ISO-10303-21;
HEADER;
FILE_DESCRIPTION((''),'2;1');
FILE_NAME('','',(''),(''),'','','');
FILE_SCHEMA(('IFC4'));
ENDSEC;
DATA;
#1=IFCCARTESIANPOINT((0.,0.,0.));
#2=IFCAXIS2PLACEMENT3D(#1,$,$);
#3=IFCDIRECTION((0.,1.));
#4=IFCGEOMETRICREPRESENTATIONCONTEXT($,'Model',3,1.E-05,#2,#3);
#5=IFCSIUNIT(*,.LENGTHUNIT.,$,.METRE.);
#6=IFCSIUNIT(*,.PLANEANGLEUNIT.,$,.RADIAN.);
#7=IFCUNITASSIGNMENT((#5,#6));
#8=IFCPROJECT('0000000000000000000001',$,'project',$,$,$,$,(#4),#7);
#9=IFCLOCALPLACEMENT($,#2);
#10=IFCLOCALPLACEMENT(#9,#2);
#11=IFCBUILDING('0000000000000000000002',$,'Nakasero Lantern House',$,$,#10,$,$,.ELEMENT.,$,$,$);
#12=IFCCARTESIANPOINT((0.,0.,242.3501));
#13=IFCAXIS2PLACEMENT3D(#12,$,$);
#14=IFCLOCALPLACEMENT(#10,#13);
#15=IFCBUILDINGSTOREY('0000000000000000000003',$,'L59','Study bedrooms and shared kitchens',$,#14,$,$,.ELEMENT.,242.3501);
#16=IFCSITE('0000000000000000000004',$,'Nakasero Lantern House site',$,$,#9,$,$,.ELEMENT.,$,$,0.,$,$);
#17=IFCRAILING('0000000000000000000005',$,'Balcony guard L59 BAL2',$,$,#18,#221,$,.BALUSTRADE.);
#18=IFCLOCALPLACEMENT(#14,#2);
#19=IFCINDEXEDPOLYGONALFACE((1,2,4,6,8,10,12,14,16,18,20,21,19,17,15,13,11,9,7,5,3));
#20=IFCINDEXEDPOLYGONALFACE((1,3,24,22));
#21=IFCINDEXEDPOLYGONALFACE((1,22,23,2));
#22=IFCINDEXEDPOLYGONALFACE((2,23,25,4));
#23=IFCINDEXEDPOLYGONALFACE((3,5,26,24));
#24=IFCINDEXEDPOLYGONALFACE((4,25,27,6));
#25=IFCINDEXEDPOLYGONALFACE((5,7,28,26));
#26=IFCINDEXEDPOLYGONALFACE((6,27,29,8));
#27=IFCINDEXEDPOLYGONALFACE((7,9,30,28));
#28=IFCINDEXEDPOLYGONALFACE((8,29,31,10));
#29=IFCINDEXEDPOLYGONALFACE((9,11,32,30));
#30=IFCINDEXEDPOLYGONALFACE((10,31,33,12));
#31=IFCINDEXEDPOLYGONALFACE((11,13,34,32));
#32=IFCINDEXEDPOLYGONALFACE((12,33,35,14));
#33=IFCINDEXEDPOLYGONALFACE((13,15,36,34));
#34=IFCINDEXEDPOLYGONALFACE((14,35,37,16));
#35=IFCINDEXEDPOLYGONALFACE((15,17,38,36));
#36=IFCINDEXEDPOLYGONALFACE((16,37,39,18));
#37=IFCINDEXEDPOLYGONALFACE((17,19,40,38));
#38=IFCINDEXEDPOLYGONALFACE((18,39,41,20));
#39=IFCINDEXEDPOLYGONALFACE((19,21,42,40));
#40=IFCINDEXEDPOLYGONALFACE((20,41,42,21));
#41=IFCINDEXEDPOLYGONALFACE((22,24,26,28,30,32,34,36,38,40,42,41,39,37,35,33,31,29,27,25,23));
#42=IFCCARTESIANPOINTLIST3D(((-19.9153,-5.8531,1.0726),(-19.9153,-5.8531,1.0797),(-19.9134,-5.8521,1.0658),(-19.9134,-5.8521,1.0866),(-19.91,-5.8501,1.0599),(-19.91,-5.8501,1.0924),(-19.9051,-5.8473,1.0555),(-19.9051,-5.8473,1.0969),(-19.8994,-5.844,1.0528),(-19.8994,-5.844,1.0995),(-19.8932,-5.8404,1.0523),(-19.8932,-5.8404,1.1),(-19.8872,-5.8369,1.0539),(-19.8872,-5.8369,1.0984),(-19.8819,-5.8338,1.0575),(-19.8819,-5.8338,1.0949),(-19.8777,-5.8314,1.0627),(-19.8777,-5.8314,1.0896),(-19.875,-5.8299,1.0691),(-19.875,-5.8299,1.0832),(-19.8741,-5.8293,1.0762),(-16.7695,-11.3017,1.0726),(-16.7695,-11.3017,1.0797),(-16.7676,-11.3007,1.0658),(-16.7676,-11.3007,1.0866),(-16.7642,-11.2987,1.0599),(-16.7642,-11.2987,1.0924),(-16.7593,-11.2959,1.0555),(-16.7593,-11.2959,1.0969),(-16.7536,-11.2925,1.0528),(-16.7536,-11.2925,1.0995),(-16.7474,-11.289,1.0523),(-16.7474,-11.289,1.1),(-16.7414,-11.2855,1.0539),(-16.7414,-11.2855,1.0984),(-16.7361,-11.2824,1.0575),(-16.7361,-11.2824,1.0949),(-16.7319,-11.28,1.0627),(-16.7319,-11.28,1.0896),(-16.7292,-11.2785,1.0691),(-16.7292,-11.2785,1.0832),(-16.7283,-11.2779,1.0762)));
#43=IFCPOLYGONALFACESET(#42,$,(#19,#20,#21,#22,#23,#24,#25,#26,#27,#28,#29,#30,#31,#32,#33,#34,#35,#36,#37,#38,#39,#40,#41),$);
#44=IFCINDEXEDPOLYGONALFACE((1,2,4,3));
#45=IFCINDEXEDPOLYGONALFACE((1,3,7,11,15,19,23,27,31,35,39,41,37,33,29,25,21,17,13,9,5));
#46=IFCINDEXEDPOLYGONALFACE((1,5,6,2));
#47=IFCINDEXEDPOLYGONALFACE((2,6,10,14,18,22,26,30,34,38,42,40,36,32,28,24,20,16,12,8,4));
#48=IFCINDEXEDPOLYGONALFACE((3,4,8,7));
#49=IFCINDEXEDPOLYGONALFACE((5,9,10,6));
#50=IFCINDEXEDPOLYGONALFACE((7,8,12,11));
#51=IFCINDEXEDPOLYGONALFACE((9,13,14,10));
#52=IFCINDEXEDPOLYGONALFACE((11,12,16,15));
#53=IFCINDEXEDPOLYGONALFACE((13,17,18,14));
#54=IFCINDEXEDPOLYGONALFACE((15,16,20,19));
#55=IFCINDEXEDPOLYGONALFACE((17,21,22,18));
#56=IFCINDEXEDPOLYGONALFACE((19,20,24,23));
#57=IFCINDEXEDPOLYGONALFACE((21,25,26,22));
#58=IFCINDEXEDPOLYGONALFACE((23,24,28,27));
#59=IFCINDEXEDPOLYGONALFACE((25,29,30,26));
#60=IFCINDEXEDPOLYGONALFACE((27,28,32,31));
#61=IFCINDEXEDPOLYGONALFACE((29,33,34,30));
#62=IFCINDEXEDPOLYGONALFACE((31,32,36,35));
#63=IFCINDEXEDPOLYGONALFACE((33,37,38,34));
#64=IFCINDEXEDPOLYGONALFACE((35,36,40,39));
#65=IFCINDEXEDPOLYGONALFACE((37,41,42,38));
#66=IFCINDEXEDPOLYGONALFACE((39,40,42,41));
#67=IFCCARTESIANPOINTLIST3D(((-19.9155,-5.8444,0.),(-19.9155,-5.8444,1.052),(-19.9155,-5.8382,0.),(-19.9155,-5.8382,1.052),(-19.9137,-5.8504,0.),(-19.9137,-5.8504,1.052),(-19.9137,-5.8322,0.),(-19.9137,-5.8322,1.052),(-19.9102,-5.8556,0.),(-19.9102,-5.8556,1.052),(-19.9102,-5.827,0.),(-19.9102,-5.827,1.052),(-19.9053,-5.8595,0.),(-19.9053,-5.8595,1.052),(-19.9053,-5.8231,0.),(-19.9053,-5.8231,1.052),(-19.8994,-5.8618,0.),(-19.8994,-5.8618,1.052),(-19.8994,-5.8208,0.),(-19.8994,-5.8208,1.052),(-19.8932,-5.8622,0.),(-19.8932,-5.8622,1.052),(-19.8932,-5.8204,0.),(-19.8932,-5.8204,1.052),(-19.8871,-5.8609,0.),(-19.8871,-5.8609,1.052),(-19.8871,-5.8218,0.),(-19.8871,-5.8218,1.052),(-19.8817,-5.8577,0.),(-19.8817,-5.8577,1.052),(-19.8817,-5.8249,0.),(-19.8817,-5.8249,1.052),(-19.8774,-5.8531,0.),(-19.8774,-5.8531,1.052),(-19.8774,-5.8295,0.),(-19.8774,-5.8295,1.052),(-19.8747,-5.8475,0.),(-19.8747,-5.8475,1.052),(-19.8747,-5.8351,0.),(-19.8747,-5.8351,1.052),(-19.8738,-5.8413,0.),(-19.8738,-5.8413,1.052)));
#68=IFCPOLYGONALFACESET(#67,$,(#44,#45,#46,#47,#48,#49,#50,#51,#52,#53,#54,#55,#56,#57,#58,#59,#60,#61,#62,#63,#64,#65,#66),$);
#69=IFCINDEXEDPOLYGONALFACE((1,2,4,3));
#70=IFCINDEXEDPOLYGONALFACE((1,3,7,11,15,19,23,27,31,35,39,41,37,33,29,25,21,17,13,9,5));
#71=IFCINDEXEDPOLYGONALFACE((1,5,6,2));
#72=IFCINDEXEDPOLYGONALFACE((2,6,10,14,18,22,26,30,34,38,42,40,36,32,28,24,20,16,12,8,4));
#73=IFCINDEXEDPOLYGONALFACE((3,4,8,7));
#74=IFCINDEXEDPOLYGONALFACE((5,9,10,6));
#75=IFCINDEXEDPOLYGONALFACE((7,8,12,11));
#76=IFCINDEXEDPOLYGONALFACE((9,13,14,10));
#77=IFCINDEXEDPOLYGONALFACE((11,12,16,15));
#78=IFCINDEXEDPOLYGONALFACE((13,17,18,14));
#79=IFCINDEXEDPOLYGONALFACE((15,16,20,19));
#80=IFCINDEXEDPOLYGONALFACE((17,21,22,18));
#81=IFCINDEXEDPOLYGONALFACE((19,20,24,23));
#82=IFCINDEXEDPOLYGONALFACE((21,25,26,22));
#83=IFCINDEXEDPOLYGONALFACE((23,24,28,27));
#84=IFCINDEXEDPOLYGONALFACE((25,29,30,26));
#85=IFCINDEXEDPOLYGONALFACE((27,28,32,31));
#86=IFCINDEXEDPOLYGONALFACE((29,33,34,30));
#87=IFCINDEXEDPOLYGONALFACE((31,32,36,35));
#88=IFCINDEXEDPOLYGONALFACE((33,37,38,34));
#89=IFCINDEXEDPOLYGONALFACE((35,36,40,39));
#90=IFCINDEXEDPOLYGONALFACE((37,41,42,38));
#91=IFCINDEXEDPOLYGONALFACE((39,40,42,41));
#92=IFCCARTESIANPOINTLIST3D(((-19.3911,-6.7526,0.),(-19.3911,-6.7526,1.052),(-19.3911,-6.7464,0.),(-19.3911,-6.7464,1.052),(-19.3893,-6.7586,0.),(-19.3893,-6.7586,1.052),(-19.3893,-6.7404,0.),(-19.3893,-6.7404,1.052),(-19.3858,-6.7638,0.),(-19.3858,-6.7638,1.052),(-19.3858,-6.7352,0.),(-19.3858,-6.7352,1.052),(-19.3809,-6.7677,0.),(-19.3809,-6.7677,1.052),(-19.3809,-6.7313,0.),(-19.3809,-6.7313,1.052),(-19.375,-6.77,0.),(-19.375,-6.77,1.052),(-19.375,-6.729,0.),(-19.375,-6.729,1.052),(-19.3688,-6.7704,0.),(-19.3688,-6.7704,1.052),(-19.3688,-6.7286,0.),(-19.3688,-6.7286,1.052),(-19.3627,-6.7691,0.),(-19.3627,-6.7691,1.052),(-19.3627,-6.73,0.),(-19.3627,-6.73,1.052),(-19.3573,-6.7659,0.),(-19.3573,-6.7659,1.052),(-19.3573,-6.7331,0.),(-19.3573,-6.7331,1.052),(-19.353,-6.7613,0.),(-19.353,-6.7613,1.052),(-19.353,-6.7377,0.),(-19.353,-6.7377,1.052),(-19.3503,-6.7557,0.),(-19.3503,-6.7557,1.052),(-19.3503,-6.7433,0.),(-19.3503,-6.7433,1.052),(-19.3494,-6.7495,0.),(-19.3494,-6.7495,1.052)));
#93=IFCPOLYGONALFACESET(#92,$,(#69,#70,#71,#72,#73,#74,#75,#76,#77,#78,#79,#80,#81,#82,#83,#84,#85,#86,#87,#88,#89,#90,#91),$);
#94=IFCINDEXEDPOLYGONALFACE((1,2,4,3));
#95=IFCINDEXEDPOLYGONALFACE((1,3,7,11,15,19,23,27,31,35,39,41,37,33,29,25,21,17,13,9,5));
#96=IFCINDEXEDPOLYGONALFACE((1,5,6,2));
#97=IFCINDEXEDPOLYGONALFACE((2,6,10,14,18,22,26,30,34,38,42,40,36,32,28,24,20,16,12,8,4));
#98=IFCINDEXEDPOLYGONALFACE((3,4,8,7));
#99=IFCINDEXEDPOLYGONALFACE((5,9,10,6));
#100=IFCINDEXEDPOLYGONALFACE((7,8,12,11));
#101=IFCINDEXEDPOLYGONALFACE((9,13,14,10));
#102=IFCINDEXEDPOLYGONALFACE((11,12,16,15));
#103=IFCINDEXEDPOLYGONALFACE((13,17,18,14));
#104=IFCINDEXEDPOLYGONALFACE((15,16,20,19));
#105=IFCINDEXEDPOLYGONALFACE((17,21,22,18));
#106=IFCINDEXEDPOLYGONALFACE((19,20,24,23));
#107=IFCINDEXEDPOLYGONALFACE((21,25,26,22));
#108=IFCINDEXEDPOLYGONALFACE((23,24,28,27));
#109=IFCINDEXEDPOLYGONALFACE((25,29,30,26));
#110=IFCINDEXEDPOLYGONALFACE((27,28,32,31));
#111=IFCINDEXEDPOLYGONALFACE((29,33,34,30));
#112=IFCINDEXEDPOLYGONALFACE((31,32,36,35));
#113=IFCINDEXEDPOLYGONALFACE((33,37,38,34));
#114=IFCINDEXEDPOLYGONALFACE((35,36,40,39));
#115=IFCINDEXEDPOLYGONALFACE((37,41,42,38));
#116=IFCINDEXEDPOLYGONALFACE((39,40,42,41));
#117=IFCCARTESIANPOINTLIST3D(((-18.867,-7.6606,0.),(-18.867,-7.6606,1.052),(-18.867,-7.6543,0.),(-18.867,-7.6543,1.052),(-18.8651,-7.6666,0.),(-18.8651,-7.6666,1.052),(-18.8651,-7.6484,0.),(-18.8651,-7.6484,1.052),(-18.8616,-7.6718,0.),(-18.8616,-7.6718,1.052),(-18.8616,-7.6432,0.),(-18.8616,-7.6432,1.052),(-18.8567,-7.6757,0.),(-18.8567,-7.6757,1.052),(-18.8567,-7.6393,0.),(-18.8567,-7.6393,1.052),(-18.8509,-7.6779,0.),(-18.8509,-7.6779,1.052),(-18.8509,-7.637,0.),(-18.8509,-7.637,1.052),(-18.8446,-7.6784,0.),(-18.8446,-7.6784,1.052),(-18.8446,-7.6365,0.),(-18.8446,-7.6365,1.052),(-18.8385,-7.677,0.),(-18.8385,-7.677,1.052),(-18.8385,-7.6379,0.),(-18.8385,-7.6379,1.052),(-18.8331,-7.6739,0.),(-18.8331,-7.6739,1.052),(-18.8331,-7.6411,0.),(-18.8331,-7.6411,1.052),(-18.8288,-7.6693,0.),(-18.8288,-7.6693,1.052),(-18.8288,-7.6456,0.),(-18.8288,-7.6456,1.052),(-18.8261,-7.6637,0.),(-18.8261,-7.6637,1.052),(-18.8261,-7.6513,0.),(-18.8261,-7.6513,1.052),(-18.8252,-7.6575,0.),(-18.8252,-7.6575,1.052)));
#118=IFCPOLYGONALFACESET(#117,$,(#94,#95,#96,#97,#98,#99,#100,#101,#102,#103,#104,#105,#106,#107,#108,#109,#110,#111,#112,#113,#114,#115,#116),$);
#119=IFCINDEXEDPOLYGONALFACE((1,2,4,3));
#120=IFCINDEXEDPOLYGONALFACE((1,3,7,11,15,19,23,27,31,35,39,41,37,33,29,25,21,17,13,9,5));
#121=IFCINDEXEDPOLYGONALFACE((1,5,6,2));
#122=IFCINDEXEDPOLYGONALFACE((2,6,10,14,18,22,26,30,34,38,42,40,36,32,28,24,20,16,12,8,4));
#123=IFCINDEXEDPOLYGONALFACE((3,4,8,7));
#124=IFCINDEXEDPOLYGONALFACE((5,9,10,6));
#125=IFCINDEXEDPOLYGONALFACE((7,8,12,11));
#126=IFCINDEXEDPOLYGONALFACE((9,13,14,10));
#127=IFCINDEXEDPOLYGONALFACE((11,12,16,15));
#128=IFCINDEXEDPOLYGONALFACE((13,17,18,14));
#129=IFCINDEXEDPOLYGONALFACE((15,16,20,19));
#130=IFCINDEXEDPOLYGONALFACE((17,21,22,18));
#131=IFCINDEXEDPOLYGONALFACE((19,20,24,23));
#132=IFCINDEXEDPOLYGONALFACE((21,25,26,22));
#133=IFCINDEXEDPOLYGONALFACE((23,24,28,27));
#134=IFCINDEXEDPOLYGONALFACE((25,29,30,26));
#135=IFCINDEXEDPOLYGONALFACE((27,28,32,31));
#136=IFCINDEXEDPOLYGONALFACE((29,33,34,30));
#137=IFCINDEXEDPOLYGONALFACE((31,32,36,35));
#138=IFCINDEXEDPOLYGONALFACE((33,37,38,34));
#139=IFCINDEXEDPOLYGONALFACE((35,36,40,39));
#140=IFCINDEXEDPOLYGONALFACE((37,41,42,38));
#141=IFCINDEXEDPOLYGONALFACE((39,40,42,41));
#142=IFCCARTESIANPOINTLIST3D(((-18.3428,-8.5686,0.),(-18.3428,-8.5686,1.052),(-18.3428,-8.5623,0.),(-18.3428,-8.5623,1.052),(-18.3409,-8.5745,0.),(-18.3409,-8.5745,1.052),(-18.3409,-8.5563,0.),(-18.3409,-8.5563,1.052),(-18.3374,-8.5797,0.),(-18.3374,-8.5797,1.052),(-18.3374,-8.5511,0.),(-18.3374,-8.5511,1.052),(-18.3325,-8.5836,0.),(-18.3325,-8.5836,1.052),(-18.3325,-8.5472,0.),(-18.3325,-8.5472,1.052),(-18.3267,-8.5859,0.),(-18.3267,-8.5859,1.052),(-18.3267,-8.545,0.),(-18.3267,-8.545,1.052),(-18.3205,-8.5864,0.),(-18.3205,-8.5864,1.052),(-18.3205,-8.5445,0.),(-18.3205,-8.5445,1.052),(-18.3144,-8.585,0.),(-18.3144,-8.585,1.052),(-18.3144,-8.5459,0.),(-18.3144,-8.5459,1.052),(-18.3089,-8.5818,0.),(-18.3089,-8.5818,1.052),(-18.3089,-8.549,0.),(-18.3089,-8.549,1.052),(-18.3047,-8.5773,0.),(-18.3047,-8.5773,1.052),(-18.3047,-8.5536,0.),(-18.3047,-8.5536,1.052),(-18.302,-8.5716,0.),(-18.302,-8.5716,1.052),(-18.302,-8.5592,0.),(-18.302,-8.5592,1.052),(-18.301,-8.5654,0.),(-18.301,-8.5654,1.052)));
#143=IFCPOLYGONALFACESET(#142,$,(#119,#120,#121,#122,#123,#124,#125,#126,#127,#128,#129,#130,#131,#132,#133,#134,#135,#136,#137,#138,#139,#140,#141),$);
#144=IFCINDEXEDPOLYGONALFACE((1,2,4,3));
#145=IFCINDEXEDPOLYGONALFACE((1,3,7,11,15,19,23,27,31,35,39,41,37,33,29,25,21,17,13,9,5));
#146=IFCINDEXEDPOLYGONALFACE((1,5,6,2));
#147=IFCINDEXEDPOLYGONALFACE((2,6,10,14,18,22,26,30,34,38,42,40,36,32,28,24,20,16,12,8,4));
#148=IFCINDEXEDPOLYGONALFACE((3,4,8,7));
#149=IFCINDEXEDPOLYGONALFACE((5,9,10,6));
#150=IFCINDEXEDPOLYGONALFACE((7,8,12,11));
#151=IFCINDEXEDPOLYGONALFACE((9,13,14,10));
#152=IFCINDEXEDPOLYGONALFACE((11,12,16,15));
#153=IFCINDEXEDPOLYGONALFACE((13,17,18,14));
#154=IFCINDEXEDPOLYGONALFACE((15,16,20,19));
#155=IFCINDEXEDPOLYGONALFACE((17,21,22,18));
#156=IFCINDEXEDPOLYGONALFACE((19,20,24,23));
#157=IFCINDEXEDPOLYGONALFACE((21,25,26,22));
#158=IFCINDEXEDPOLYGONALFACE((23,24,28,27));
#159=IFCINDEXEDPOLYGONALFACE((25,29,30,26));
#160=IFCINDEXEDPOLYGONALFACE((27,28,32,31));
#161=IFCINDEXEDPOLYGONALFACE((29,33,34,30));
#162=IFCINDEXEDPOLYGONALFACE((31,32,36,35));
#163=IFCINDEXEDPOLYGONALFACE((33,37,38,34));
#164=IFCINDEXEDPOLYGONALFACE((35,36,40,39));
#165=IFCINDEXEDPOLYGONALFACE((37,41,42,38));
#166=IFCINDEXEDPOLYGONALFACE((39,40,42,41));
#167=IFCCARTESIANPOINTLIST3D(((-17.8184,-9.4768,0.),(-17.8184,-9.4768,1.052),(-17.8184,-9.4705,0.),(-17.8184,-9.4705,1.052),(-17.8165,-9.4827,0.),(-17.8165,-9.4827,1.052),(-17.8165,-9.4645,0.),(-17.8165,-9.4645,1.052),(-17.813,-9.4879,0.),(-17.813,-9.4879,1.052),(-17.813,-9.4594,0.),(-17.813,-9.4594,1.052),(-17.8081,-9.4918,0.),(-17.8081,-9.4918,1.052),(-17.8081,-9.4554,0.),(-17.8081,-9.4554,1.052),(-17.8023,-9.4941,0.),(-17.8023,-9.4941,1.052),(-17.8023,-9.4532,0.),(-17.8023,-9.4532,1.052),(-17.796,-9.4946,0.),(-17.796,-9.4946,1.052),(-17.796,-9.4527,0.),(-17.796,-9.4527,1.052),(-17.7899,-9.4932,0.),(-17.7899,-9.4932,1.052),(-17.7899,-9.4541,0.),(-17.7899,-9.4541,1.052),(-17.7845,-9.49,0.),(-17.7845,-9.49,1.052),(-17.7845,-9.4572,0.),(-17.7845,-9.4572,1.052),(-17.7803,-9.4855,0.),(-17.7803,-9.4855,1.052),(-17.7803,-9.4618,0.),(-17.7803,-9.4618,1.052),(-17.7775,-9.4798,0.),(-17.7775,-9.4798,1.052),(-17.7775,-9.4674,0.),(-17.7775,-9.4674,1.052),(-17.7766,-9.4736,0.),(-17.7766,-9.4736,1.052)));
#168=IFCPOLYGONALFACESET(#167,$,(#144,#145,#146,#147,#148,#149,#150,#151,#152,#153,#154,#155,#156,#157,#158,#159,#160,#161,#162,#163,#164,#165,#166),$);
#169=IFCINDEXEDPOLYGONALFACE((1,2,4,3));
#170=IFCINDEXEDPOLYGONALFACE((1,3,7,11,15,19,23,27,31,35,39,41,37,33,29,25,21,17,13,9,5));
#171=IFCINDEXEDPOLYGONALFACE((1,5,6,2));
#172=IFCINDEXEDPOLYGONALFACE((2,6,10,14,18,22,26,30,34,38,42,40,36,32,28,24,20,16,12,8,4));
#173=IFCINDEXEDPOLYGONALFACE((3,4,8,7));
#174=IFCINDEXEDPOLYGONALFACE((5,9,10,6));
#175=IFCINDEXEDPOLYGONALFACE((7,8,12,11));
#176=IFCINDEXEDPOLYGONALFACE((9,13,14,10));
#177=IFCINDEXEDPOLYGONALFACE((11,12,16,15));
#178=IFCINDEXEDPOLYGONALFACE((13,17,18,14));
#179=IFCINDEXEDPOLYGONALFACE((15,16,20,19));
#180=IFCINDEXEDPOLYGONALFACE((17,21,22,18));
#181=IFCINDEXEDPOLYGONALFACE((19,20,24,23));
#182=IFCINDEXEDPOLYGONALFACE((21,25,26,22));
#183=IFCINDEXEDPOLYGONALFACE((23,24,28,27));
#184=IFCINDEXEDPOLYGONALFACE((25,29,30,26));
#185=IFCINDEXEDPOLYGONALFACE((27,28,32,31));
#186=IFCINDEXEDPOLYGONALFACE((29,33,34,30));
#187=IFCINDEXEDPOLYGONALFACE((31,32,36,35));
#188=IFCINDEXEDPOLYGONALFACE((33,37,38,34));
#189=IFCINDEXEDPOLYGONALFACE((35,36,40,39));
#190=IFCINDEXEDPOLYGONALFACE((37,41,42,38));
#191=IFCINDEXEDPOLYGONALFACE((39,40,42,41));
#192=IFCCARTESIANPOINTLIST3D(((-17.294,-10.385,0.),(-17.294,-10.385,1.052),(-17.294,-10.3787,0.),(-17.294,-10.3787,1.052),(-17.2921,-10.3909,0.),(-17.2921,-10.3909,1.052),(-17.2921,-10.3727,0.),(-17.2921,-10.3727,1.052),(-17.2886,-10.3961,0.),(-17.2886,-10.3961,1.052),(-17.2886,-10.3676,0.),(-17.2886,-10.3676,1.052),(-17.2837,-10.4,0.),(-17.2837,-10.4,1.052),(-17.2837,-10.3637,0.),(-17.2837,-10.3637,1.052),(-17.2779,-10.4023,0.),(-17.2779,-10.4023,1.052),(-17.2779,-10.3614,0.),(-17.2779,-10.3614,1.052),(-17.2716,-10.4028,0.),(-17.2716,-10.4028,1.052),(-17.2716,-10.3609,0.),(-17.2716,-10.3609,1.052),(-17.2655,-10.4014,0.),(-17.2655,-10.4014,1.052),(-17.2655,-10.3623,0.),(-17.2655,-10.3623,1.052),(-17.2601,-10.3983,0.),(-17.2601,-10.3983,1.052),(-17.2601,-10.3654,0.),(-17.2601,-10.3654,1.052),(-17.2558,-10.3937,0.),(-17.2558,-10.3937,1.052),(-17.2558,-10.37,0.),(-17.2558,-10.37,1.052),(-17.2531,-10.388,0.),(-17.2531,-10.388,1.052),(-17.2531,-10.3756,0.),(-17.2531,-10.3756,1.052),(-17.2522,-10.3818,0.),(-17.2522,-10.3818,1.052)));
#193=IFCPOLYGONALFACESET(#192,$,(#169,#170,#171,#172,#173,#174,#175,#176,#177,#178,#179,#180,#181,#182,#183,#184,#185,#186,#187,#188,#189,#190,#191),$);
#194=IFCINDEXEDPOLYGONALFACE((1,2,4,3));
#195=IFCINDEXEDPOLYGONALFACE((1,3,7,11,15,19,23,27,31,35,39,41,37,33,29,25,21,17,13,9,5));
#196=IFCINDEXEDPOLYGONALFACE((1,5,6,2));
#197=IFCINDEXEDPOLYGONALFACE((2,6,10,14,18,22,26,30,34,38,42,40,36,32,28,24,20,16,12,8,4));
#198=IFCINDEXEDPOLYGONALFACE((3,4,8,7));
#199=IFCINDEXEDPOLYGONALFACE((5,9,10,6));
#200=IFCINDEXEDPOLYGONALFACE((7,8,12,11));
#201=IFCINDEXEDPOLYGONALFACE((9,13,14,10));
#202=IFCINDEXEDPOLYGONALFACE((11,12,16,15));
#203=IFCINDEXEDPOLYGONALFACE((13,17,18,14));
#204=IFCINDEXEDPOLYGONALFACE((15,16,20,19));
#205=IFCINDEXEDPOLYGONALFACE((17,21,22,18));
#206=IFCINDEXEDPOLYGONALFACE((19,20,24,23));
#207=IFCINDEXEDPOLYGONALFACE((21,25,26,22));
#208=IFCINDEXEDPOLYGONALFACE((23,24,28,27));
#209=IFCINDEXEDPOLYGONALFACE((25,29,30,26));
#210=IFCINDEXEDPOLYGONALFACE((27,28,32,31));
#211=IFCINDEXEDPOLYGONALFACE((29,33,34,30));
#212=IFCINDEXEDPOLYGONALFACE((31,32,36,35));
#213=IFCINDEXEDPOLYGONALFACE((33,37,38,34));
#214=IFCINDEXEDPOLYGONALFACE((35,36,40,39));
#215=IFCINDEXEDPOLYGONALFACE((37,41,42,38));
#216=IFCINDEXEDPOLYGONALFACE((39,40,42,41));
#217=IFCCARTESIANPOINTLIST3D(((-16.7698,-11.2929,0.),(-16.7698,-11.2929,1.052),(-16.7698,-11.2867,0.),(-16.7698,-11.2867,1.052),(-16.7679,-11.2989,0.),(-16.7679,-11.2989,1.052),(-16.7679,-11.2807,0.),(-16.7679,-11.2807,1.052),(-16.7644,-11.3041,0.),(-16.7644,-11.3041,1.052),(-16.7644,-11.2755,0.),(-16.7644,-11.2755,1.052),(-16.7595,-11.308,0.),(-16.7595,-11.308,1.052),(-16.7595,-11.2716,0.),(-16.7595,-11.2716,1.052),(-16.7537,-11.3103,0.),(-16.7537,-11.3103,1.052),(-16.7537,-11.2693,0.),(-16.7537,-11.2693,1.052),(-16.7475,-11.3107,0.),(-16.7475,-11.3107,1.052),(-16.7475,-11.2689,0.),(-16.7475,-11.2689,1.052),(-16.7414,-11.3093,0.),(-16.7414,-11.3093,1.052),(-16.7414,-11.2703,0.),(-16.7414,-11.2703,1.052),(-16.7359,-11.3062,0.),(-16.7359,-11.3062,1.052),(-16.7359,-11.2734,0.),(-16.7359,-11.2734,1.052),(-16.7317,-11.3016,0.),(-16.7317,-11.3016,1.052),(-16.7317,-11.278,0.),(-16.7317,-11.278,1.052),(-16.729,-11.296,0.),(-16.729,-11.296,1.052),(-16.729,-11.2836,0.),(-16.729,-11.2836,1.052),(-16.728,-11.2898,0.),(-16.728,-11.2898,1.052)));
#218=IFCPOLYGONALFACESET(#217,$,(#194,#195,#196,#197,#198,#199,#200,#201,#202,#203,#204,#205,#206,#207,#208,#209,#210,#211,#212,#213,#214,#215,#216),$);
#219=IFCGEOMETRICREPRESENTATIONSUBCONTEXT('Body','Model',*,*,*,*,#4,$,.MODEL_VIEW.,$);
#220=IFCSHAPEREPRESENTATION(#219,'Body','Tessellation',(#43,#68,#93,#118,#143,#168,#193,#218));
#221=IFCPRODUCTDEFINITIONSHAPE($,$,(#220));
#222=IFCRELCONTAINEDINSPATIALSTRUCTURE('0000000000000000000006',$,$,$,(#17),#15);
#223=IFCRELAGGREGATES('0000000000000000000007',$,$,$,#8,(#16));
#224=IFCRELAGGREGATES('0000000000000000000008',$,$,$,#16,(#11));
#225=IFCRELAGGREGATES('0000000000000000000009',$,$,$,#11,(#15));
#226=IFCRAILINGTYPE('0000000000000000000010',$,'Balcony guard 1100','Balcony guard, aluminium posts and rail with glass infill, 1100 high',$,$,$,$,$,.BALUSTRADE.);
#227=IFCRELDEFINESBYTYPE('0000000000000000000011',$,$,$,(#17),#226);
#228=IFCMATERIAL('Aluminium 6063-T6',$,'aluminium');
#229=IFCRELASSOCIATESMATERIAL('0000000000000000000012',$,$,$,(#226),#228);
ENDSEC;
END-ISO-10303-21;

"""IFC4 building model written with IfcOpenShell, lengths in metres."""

from ifc_helpers import new_model, si_unit, direction, frame, origin, origin_2d, place, context, subcontext, project, spatial, circle, extrude, material, type_object, element, save


model = new_model("IFC4")

# Units and contexts
model_context = context("Model", 3, precision=1e-05, world=origin(), true_north=direction((0.0, 1.0)))
body_context = subcontext(model_context, "Body", "Model", "MODEL_VIEW")
ifc_project = project(units=[si_unit("LENGTHUNIT", "METRE"), si_unit("PLANEANGLEUNIT", "RADIAN")], contexts=[model_context])

# Site, building, storey
site_placement = place(None, origin())
site = spatial("IfcSite", under=ifc_project, at=site_placement, Name="Nakasero Lantern House site", CompositionType="ELEMENT", RefElevation=0.0)
building_placement = place(site_placement, origin())
building = spatial("IfcBuilding", under=site, at=building_placement, Name="Nakasero Lantern House", CompositionType="ELEMENT")
storey_placement = place(building_placement, frame((0.0, 0.0, 242.3501)))
storey = spatial("IfcBuildingStorey", under=building, at=storey_placement, Name="L59", Description="Study bedrooms and shared kitchens", CompositionType="ELEMENT", Elevation=242.3501)

# Railing
ifc_material_1 = material(Name="Aluminium 6063-T6", Category="aluminium")
railing_type = type_object("IfcRailingType", Name="Balcony guard 1100", Description="Balcony guard, aluminium posts and rail with glass infill, 1100 high", PredefinedType="BALUSTRADE", material=ifc_material_1)
railing_placement = place(storey_placement, frame((-19.8948, -5.8413, 0.0)))
element("IfcRailing", 1, at=railing_placement, inside=storey, type_object=railing_type, Name="Balcony guard L59 BAL2", PredefinedType="BALUSTRADE", context=body_context, shape_type="SweptSolid", body=[
    extrude(circle(Radius=0.0239, at=origin_2d()), frame((0.0, 0.0, 1.0762), z_axis=(0.500008, -0.866021, 0.0), x_axis=(0.866021, 0.500008, 0.0)), (0.0, 0.0, 1.0), 6.2915),
    extrude(circle(Radius=0.021, at=origin_2d()), origin(), (0.0, 0.0, 1.0), 1.052),
    extrude(circle(Radius=0.021, at=origin_2d()), frame((0.5244, -0.9082, 0.0)), (0.0, 0.0, 1.0), 1.052),
    extrude(circle(Radius=0.021, at=origin_2d()), frame((1.0486, -1.8162, 0.0)), (0.0, 0.0, 1.0), 1.052),
    extrude(circle(Radius=0.021, at=origin_2d()), frame((1.5728, -2.7241, 0.0)), (0.0, 0.0, 1.0), 1.052),
    extrude(circle(Radius=0.021, at=origin_2d()), frame((2.0972, -3.6323, 0.0)), (0.0, 0.0, 1.0), 1.052),
    extrude(circle(Radius=0.021, at=origin_2d()), frame((2.6216, -4.5405, 0.0)), (0.0, 0.0, 1.0), 1.052),
    extrude(circle(Radius=0.021, at=origin_2d()), frame((3.1458, -5.4485, 0.0)), (0.0, 0.0, 1.0), 1.052),
])

save(model, "model.ifc")
